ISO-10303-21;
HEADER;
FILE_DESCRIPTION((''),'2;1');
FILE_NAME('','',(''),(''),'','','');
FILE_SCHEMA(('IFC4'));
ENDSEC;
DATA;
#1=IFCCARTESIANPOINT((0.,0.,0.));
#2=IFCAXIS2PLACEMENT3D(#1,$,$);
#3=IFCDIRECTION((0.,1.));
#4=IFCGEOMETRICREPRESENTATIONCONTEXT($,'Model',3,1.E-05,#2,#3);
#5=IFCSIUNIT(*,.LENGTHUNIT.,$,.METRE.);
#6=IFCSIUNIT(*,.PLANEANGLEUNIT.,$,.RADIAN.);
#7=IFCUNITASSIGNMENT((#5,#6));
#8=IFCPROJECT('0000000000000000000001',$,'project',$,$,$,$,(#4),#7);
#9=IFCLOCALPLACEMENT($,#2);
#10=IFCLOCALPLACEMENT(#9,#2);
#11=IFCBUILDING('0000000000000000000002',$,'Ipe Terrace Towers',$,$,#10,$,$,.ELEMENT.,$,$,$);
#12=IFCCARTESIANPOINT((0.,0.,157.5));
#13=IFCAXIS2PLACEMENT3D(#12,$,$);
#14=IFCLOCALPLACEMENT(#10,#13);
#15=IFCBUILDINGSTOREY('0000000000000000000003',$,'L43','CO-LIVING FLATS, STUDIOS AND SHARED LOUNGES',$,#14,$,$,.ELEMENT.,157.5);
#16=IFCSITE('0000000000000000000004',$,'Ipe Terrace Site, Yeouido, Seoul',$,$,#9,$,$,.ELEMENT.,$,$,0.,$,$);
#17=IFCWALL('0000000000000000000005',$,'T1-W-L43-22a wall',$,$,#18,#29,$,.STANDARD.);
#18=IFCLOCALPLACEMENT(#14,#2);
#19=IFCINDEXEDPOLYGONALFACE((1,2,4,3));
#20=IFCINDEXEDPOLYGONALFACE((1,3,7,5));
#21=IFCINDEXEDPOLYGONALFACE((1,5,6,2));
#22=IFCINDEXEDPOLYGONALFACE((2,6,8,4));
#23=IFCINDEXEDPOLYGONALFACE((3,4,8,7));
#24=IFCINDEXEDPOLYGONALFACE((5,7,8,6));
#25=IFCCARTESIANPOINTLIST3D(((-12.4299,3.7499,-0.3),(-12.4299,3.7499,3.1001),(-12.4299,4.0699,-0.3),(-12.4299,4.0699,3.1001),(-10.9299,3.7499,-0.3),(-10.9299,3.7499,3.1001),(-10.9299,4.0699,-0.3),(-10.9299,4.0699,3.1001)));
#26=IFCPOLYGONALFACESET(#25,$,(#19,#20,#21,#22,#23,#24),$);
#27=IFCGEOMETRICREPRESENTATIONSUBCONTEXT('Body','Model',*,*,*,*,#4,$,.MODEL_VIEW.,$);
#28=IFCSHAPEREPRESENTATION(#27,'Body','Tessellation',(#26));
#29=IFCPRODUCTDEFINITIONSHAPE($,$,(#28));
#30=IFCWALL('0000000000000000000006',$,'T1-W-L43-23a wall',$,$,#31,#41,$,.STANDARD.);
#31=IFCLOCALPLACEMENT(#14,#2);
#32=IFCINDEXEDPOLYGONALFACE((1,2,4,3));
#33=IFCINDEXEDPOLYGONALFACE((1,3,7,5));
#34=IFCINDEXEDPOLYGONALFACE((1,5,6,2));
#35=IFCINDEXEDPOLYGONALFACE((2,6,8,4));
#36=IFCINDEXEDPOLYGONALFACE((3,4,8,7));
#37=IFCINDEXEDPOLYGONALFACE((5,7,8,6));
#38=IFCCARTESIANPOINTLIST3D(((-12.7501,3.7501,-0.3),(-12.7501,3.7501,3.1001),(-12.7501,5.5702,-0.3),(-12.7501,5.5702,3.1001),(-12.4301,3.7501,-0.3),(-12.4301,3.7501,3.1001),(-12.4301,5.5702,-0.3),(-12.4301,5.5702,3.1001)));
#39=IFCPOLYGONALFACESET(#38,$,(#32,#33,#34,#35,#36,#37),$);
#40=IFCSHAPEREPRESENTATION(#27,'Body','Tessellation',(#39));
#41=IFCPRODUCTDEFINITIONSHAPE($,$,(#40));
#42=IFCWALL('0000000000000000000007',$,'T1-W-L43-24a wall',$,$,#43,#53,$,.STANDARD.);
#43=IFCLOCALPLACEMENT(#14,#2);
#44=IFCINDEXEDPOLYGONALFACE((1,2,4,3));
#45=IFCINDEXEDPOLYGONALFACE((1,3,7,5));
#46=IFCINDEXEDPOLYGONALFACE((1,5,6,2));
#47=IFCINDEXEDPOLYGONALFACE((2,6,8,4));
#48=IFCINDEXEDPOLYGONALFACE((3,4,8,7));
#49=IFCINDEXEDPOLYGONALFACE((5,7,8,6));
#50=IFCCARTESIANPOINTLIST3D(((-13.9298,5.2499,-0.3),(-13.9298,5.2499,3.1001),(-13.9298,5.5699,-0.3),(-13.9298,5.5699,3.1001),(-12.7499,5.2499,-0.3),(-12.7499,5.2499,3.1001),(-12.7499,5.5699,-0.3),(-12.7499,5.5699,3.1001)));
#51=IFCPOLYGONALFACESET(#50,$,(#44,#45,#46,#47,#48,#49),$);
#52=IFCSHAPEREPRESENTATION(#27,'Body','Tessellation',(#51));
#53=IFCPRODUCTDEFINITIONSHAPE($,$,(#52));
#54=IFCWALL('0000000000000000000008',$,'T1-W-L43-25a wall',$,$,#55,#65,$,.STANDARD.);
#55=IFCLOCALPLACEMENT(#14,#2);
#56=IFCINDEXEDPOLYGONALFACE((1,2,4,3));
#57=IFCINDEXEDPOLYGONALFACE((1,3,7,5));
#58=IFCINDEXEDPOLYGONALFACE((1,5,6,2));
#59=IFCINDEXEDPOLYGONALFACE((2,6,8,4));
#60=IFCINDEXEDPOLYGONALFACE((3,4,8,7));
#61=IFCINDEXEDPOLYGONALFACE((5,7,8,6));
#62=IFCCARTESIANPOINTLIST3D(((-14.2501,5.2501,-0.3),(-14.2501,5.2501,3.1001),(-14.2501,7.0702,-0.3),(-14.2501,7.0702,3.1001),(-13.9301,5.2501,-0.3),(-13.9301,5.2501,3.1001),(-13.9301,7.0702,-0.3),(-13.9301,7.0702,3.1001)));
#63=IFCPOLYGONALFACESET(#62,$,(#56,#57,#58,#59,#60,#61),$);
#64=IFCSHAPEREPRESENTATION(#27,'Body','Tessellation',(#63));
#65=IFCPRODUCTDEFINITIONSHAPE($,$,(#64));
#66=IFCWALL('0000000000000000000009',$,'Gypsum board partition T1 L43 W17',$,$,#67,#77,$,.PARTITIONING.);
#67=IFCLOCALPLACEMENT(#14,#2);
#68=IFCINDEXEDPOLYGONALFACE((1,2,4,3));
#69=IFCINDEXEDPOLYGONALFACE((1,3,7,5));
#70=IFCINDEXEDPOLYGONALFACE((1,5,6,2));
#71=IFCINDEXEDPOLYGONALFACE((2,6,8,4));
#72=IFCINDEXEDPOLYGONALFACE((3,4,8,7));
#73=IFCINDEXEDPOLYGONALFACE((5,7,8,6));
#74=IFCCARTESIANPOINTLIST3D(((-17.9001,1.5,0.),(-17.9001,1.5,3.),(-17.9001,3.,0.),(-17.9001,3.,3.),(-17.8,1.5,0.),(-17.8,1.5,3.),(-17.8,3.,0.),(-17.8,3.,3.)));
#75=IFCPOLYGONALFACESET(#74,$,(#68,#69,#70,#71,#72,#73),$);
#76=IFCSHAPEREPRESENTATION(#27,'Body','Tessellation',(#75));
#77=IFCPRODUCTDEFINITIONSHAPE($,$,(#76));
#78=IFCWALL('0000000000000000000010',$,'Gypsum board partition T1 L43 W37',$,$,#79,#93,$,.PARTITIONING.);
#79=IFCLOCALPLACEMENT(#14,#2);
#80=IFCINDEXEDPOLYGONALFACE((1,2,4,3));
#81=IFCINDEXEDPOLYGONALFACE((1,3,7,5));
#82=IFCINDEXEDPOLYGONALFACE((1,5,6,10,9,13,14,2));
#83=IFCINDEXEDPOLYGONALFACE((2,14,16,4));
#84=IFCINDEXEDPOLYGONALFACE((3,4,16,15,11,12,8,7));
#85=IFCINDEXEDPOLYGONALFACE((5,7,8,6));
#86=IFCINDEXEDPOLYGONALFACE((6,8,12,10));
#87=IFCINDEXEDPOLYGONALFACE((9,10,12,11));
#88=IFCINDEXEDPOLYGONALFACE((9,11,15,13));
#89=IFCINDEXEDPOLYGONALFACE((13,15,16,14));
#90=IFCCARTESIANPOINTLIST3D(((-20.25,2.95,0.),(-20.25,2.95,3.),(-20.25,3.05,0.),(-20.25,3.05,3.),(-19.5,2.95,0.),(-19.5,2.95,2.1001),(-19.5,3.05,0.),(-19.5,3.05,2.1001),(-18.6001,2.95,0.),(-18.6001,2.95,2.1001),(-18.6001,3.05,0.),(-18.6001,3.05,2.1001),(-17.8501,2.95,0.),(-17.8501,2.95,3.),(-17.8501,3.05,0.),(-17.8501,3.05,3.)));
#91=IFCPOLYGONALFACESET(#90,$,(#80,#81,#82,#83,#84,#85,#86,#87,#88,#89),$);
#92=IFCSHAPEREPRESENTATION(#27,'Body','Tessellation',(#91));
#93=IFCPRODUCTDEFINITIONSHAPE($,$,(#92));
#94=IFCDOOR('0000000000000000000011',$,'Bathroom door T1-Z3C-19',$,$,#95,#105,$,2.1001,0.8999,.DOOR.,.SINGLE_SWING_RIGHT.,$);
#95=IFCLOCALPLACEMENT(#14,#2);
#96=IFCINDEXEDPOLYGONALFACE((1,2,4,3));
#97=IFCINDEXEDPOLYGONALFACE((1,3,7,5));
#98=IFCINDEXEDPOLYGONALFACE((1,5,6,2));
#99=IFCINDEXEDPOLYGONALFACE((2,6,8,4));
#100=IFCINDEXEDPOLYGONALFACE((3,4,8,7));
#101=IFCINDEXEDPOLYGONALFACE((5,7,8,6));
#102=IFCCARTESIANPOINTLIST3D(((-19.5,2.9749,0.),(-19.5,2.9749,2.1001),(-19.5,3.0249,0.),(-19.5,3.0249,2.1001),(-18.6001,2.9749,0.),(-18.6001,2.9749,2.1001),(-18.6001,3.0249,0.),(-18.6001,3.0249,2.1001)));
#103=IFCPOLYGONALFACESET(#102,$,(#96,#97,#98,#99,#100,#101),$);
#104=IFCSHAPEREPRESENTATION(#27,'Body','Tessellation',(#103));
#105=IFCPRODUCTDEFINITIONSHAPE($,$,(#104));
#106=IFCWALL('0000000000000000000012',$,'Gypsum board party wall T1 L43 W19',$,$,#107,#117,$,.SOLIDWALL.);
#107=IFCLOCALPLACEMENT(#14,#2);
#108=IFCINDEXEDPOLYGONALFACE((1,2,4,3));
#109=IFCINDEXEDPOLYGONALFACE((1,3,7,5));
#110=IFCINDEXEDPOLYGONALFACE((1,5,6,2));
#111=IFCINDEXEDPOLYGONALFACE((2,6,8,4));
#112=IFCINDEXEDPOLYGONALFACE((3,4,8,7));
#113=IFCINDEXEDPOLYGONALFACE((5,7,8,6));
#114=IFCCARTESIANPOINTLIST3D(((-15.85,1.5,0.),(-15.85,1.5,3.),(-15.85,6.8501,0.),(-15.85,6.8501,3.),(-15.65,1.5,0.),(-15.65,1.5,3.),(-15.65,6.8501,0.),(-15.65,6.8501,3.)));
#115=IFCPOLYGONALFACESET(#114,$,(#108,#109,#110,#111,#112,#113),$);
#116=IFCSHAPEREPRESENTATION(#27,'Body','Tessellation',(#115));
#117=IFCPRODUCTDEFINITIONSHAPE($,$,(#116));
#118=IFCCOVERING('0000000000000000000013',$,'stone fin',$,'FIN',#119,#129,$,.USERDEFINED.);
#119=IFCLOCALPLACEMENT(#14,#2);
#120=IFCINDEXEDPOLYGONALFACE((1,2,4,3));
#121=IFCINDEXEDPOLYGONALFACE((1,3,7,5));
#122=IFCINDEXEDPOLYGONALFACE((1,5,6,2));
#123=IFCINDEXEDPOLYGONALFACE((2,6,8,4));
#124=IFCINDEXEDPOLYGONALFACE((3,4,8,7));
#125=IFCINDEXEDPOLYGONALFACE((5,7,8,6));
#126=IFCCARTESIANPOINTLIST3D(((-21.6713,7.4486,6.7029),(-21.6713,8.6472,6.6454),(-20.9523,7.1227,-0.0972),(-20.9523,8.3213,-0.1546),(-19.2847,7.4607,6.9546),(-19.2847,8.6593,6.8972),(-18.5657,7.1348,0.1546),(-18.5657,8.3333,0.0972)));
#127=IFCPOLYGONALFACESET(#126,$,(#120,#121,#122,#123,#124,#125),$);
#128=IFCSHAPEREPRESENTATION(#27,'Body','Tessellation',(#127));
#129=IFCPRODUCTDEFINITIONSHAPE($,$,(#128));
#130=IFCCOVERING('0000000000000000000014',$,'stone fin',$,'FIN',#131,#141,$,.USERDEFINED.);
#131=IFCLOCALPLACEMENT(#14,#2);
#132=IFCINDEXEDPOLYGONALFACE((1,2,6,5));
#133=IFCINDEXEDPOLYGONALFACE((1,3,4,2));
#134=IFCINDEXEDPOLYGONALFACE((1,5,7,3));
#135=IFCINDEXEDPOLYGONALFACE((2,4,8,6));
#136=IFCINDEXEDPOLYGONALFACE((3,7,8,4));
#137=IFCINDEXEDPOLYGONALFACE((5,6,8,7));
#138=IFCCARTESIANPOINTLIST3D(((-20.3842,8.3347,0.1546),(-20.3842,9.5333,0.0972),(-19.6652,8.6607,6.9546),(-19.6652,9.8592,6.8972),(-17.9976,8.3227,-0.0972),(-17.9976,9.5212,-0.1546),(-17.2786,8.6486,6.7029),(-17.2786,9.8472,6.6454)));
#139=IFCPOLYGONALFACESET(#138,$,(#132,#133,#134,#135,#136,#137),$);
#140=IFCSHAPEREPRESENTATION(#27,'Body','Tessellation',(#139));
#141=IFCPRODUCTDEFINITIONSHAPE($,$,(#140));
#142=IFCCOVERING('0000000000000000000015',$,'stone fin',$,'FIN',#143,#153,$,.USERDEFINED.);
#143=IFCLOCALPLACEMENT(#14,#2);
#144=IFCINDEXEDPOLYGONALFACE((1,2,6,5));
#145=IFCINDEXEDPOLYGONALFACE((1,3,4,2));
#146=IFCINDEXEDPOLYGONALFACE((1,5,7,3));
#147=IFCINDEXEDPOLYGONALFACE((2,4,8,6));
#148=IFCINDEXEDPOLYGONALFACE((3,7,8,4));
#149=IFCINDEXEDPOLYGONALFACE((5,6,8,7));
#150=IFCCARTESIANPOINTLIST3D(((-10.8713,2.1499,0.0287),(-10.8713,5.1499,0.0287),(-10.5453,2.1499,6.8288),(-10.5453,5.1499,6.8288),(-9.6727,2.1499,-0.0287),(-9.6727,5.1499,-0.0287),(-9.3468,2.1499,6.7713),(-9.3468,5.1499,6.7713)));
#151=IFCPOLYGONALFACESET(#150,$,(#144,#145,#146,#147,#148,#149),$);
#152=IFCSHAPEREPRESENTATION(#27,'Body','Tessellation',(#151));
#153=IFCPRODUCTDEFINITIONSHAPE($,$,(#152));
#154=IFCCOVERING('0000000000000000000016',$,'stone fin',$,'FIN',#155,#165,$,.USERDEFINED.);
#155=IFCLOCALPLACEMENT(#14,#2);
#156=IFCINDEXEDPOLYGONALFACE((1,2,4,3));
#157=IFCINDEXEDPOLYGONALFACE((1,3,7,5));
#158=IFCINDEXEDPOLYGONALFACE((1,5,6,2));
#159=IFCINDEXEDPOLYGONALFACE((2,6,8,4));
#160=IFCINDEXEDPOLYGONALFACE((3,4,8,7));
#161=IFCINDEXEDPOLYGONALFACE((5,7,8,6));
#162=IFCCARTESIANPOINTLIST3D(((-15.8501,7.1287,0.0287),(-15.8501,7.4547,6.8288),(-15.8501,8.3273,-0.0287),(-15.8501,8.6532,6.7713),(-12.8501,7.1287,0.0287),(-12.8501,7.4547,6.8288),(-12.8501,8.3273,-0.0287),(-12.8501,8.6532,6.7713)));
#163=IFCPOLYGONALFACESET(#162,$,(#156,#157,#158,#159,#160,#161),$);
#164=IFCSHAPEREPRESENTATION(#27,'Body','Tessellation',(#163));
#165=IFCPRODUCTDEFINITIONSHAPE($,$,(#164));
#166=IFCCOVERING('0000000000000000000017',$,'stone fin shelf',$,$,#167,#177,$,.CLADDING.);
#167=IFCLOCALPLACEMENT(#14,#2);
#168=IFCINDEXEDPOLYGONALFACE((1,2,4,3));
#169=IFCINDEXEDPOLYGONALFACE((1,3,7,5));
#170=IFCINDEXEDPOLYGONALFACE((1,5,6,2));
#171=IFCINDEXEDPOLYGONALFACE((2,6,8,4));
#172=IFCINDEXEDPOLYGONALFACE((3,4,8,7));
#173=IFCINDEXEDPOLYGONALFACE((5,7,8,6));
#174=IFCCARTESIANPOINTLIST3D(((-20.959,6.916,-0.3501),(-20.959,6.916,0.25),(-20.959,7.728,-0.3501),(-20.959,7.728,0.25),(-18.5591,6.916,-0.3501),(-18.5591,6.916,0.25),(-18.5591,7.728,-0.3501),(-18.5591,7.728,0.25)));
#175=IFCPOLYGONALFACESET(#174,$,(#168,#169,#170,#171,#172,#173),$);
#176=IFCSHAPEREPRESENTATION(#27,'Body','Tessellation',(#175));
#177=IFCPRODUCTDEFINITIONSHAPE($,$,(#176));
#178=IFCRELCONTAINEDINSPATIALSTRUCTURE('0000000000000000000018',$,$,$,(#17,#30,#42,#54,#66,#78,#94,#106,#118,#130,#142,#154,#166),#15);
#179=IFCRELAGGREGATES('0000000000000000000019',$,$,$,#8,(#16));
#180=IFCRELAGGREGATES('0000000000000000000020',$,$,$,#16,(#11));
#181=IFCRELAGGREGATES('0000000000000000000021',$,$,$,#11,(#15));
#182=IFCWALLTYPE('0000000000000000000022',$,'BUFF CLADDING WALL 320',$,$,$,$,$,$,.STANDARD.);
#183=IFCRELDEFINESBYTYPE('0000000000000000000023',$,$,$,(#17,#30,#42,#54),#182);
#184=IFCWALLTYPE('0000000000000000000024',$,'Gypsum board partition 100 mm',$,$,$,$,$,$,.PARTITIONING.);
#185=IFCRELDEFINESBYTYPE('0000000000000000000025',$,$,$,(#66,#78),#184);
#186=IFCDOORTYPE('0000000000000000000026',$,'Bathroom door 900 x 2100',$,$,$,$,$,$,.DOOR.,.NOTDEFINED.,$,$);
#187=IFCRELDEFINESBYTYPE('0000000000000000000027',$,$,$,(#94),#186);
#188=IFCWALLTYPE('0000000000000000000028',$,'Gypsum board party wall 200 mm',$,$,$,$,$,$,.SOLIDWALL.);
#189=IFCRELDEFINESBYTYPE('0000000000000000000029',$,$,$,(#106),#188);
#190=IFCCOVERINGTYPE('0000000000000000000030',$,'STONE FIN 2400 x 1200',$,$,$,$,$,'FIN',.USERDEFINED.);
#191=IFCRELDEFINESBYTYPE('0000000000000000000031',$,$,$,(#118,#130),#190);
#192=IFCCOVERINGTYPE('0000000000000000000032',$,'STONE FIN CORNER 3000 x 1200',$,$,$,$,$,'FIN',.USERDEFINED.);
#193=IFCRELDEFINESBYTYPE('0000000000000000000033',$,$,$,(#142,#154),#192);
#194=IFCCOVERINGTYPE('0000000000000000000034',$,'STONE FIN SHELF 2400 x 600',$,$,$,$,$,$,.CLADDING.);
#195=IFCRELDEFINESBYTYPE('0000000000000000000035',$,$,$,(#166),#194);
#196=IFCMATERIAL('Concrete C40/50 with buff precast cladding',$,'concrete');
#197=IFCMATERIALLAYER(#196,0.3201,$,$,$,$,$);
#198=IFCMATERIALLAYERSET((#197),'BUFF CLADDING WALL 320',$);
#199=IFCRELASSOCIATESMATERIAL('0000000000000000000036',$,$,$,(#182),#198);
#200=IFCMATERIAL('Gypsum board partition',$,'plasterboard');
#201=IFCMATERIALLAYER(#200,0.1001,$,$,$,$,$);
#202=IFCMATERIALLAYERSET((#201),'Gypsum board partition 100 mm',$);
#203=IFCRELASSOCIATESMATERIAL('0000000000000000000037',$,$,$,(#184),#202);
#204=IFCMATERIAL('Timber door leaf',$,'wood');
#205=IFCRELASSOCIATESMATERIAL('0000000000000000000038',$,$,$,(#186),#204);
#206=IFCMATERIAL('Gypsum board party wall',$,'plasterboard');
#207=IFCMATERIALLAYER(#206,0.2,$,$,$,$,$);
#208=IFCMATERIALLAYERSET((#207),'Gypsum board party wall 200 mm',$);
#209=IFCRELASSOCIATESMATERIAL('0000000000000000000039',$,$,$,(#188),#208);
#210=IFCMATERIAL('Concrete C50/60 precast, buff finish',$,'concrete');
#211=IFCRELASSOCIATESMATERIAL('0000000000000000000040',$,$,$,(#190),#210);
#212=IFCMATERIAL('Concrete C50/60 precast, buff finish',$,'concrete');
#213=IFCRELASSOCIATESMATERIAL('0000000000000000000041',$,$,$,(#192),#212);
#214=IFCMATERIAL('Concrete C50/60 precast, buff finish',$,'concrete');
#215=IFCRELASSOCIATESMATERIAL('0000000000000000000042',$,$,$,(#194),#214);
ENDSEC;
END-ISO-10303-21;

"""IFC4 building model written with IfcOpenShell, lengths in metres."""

from ifc_helpers import new_model, si_unit, direction, frame, frame_2d, origin, origin_2d, place, context, subcontext, project, spatial, rectangle, extrude, material, layer, layer_set, material_profile, profile_set, type_object, element, fill, save


model = new_model("IFC4")

# Units and contexts
model_context = context("Model", 3, precision=1e-05, world=origin(), true_north=direction((0.0, 1.0)))
body_context = subcontext(model_context, "Body", "Model", "MODEL_VIEW")
ifc_project = project(units=[si_unit("LENGTHUNIT", "METRE"), si_unit("PLANEANGLEUNIT", "RADIAN")], contexts=[model_context])

# Site, building, storey
site_placement = place(None, origin())
site = spatial("IfcSite", under=ifc_project, at=site_placement, Name="Ipe Terrace Site, Yeouido, Seoul", CompositionType="ELEMENT", RefElevation=0.0)
building_placement = place(site_placement, origin())
building = spatial("IfcBuilding", under=site, at=building_placement, Name="Ipe Terrace Towers", CompositionType="ELEMENT")
storey_placement = place(building_placement, frame((0.0, 0.0, 157.5)))
storey = spatial("IfcBuildingStorey", under=building, at=storey_placement, Name="L43", Description="CO-LIVING FLATS, STUDIOS AND SHARED LOUNGES", CompositionType="ELEMENT", Elevation=157.5)

# Walls
ifc_material_1 = material(Name="Concrete C40/50 with buff precast cladding", Category="concrete")
ifc_layer_1 = layer(ifc_material_1, 0.3201)
ifc_layer_set_1 = layer_set([ifc_layer_1], Name="BUFF CLADDING WALL 320")
wall_type_1 = type_object("IfcWallType", Name="BUFF CLADDING WALL 320", PredefinedType="STANDARD", material=ifc_layer_set_1)
wall_1_placement = place(storey_placement, frame((-10.9299, 3.9099, -0.3), z_axis=(0.0, 0.0, 1.0), x_axis=(-1.0, 0.0, 0.0)))
element("IfcWall", 1, at=wall_1_placement, inside=storey, type_object=wall_type_1, Name="T1-W-L43-22a wall", PredefinedType="STANDARD", context=body_context, shape_type="SweptSolid", body=[
    extrude(rectangle(XDim=1.5, YDim=0.3201, at=frame_2d((0.75, 0.0))), origin(), (0.0, 0.0, 1.0), 3.4001),
])
wall_2_placement = place(storey_placement, frame((-12.5901, 3.75, -0.3), z_axis=(0.0, 0.0, 1.0), x_axis=(0.0, 1.0, 0.0)))
element("IfcWall", 2, at=wall_2_placement, inside=storey, type_object=wall_type_1, Name="T1-W-L43-23a wall", PredefinedType="STANDARD", context=body_context, shape_type="SweptSolid", body=[
    extrude(rectangle(XDim=1.8201, YDim=0.3201, at=frame_2d((0.9102, 0.0))), origin(), (0.0, 0.0, 1.0), 3.4001),
])
wall_3_placement = place(storey_placement, frame((-12.75, 5.4099, -0.3), z_axis=(0.0, 0.0, 1.0), x_axis=(-1.0, 0.0, 0.0)))
element("IfcWall", 3, at=wall_3_placement, inside=storey, type_object=wall_type_1, Name="T1-W-L43-24a wall", PredefinedType="STANDARD", context=body_context, shape_type="SweptSolid", body=[
    extrude(rectangle(XDim=1.1799, YDim=0.3201, at=frame_2d((0.5898, 0.0))), origin(), (0.0, 0.0, 1.0), 3.4001),
])
wall_4_placement = place(storey_placement, frame((-14.0901, 5.25, -0.3), z_axis=(0.0, 0.0, 1.0), x_axis=(0.0, 1.0, 0.0)))
element("IfcWall", 4, at=wall_4_placement, inside=storey, type_object=wall_type_1, Name="T1-W-L43-25a wall", PredefinedType="STANDARD", context=body_context, shape_type="SweptSolid", body=[
    extrude(rectangle(XDim=1.8201, YDim=0.3201, at=frame_2d((0.9102, 0.0))), origin(), (0.0, 0.0, 1.0), 3.4001),
])
ifc_material_2 = material(Name="Gypsum board partition", Category="plasterboard")
ifc_layer_2 = layer(ifc_material_2, 0.1001)
ifc_layer_set_2 = layer_set([ifc_layer_2], Name="Gypsum board partition 100 mm")
wall_type_2 = type_object("IfcWallType", Name="Gypsum board partition 100 mm", PredefinedType="PARTITIONING", material=ifc_layer_set_2)
wall_5_placement = place(storey_placement, frame((-17.8501, 1.5, 0.0), z_axis=(0.0, 0.0, 1.0), x_axis=(0.0, 1.0, 0.0)))
element("IfcWall", 5, at=wall_5_placement, inside=storey, type_object=wall_type_2, Name="Gypsum board partition T1 L43 W17", PredefinedType="PARTITIONING", context=body_context, shape_type="SweptSolid", body=[
    extrude(rectangle(XDim=1.5, YDim=0.1001, at=frame_2d((0.75, 0.0))), origin(), (0.0, 0.0, 1.0), 3.0),
])

# Wall, opening, door
wall_6_placement = place(storey_placement, frame((-20.25, 3.0, 0.0), z_axis=(0.0, 0.0, 1.0), x_axis=(1.0, 0.0, 0.0)))
wall_6 = element("IfcWall", 6, at=wall_6_placement, inside=storey, type_object=wall_type_2, Name="Gypsum board partition T1 L43 W37", PredefinedType="PARTITIONING", context=body_context, shape_type="SweptSolid", body=[
    extrude(rectangle(XDim=2.3999, YDim=0.1001, at=frame_2d((1.2, 0.0))), origin(), (0.0, 0.0, 1.0), 3.0),
])
opening_placement = place(wall_6_placement, frame((0.75, 0.0, 0.0)))
opening = element("IfcOpeningElement", 7, at=opening_placement, cuts=wall_6, PredefinedType="OPENING", context=body_context, shape_type="SweptSolid", body=[
    extrude(rectangle(XDim=0.8999, YDim=2.1001, at=frame_2d((0.45, 1.05))), frame((0.0, 0.0601, 0.0), z_axis=(0.0, -1.0, 0.0), x_axis=(1.0, 0.0, 0.0)), (0.0, 0.0, 1.0), 0.1201),
])
ifc_material_3 = material(Name="Timber door leaf", Category="wood")
door_type = type_object("IfcDoorType", Name="Bathroom door 900 x 2100", OperationType="NOTDEFINED", PredefinedType="DOOR", material=ifc_material_3)
door_placement = place(opening_placement, origin())
door = element("IfcDoor", 8, at=door_placement, inside=storey, type_object=door_type, Name="Bathroom door T1-Z3C-19", OperationType="SINGLE_SWING_RIGHT", OverallHeight=2.1001, OverallWidth=0.8999, PredefinedType="DOOR", context=body_context, shape_type="SweptSolid", body=[
    extrude(rectangle(XDim=0.8999, YDim=2.1001, at=frame_2d((0.45, 1.05))), frame((0.0, 0.0249, 0.0), z_axis=(0.0, -1.0, 0.0), x_axis=(1.0, 0.0, 0.0)), (0.0, 0.0, 1.0), 0.05),
])
fill(opening, door)

# Wall
ifc_material_4 = material(Name="Gypsum board party wall", Category="plasterboard")
ifc_layer_3 = layer(ifc_material_4, 0.2)
ifc_layer_set_3 = layer_set([ifc_layer_3], Name="Gypsum board party wall 200 mm")
wall_type_3 = type_object("IfcWallType", Name="Gypsum board party wall 200 mm", PredefinedType="SOLIDWALL", material=ifc_layer_set_3)
wall_7_placement = place(storey_placement, frame((-15.75, 1.5, 0.0), z_axis=(0.0, 0.0, 1.0), x_axis=(0.0, 1.0, 0.0)))
element("IfcWall", 9, at=wall_7_placement, inside=storey, type_object=wall_type_3, Name="Gypsum board party wall T1 L43 W19", PredefinedType="SOLIDWALL", context=body_context, shape_type="SweptSolid", body=[
    extrude(rectangle(XDim=5.3501, YDim=0.2, at=frame_2d((2.675, 0.0))), origin(), (0.0, 0.0, 1.0), 3.0),
])

# Coverings
ifc_material_5 = material(Name="Concrete C50/60 precast, buff finish", Category="concrete")
ifc_material_profile_1 = material_profile(ifc_material_5, rectangle(XDim=2.3999, YDim=1.2, at=origin_2d()), Name="STONE FIN 2400 x 1200")
ifc_profile_set_1 = profile_set([ifc_material_profile_1], Name="Concrete C50/60 precast, buff finish")
covering_type_1 = type_object("IfcCoveringType", Name="STONE FIN 2400 x 1200", ElementType="FIN", PredefinedType="USERDEFINED", material=ifc_profile_set_1)
for number, where, z_axis, x_axis, name in (
    (10, (-19.759, 7.728, 0.0), (-0.105028, 0.04761, 0.993329), (-0.994469, -0.005028, -0.104908), "stone fin"),
    (11, (-19.1909, 8.928, 0.0), (0.105028, 0.04761, 0.993329), (-0.994469, 0.005028, 0.104908), "stone fin"),
):
    element("IfcCovering", number, at=place(storey_placement, frame(where, z_axis=z_axis, x_axis=x_axis)), inside=storey, type_object=covering_type_1, Name=name, ObjectType="FIN", PredefinedType="USERDEFINED", context=body_context, shape_type="SweptSolid", body=[
        extrude(rectangle(XDim=2.3999, YDim=1.2, at=origin_2d()), origin(), (0.0, 0.0, 1.0), 6.8457),
    ])
ifc_material_6 = material(Name="Concrete C50/60 precast, buff finish", Category="concrete")
ifc_material_profile_2 = material_profile(ifc_material_6, rectangle(XDim=3.0, YDim=1.2, at=origin_2d()), Name="STONE FIN CORNER 3000 x 1200")
ifc_profile_set_2 = profile_set([ifc_material_profile_2], Name="Concrete C50/60 precast, buff finish")
covering_type_2 = type_object("IfcCoveringType", Name="STONE FIN CORNER 3000 x 1200", ElementType="FIN", PredefinedType="USERDEFINED", material=ifc_profile_set_2)
for number, where, z_axis, x_axis, name in (
    (12, (-10.272, 3.6499, 0.0), (0.047875, 0.0, 0.998853), (0.0, 1.0, 0.0), "stone fin"),
    (13, (-14.3501, 7.728, 0.0), (0.0, 0.047875, 0.998853), (-1.0, 0.0, 0.0), "stone fin"),
):
    element("IfcCovering", number, at=place(storey_placement, frame(where, z_axis=z_axis, x_axis=x_axis)), inside=storey, type_object=covering_type_2, Name=name, ObjectType="FIN", PredefinedType="USERDEFINED", context=body_context, shape_type="SweptSolid", body=[
        extrude(rectangle(XDim=3.0, YDim=1.2, at=origin_2d()), origin(), (0.0, 0.0, 1.0), 6.8079),
    ])
ifc_material_7 = material(Name="Concrete C50/60 precast, buff finish", Category="concrete")
covering_type_3 = type_object("IfcCoveringType", Name="STONE FIN SHELF 2400 x 600", PredefinedType="CLADDING", material=ifc_material_7)
covering_placement = place(storey_placement, frame((-19.759, 7.322, -0.3501), z_axis=(0.0, 0.0, 1.0), x_axis=(-1.0, 0.0, 0.0)))
element("IfcCovering", 14, at=covering_placement, inside=storey, type_object=covering_type_3, Name="stone fin shelf", PredefinedType="CLADDING", context=body_context, shape_type="SweptSolid", body=[
    extrude(rectangle(XDim=2.3999, YDim=0.812, at=origin_2d()), origin(), (0.0, 0.0, 1.0), 0.6001),
])

save(model, "model.ifc")
